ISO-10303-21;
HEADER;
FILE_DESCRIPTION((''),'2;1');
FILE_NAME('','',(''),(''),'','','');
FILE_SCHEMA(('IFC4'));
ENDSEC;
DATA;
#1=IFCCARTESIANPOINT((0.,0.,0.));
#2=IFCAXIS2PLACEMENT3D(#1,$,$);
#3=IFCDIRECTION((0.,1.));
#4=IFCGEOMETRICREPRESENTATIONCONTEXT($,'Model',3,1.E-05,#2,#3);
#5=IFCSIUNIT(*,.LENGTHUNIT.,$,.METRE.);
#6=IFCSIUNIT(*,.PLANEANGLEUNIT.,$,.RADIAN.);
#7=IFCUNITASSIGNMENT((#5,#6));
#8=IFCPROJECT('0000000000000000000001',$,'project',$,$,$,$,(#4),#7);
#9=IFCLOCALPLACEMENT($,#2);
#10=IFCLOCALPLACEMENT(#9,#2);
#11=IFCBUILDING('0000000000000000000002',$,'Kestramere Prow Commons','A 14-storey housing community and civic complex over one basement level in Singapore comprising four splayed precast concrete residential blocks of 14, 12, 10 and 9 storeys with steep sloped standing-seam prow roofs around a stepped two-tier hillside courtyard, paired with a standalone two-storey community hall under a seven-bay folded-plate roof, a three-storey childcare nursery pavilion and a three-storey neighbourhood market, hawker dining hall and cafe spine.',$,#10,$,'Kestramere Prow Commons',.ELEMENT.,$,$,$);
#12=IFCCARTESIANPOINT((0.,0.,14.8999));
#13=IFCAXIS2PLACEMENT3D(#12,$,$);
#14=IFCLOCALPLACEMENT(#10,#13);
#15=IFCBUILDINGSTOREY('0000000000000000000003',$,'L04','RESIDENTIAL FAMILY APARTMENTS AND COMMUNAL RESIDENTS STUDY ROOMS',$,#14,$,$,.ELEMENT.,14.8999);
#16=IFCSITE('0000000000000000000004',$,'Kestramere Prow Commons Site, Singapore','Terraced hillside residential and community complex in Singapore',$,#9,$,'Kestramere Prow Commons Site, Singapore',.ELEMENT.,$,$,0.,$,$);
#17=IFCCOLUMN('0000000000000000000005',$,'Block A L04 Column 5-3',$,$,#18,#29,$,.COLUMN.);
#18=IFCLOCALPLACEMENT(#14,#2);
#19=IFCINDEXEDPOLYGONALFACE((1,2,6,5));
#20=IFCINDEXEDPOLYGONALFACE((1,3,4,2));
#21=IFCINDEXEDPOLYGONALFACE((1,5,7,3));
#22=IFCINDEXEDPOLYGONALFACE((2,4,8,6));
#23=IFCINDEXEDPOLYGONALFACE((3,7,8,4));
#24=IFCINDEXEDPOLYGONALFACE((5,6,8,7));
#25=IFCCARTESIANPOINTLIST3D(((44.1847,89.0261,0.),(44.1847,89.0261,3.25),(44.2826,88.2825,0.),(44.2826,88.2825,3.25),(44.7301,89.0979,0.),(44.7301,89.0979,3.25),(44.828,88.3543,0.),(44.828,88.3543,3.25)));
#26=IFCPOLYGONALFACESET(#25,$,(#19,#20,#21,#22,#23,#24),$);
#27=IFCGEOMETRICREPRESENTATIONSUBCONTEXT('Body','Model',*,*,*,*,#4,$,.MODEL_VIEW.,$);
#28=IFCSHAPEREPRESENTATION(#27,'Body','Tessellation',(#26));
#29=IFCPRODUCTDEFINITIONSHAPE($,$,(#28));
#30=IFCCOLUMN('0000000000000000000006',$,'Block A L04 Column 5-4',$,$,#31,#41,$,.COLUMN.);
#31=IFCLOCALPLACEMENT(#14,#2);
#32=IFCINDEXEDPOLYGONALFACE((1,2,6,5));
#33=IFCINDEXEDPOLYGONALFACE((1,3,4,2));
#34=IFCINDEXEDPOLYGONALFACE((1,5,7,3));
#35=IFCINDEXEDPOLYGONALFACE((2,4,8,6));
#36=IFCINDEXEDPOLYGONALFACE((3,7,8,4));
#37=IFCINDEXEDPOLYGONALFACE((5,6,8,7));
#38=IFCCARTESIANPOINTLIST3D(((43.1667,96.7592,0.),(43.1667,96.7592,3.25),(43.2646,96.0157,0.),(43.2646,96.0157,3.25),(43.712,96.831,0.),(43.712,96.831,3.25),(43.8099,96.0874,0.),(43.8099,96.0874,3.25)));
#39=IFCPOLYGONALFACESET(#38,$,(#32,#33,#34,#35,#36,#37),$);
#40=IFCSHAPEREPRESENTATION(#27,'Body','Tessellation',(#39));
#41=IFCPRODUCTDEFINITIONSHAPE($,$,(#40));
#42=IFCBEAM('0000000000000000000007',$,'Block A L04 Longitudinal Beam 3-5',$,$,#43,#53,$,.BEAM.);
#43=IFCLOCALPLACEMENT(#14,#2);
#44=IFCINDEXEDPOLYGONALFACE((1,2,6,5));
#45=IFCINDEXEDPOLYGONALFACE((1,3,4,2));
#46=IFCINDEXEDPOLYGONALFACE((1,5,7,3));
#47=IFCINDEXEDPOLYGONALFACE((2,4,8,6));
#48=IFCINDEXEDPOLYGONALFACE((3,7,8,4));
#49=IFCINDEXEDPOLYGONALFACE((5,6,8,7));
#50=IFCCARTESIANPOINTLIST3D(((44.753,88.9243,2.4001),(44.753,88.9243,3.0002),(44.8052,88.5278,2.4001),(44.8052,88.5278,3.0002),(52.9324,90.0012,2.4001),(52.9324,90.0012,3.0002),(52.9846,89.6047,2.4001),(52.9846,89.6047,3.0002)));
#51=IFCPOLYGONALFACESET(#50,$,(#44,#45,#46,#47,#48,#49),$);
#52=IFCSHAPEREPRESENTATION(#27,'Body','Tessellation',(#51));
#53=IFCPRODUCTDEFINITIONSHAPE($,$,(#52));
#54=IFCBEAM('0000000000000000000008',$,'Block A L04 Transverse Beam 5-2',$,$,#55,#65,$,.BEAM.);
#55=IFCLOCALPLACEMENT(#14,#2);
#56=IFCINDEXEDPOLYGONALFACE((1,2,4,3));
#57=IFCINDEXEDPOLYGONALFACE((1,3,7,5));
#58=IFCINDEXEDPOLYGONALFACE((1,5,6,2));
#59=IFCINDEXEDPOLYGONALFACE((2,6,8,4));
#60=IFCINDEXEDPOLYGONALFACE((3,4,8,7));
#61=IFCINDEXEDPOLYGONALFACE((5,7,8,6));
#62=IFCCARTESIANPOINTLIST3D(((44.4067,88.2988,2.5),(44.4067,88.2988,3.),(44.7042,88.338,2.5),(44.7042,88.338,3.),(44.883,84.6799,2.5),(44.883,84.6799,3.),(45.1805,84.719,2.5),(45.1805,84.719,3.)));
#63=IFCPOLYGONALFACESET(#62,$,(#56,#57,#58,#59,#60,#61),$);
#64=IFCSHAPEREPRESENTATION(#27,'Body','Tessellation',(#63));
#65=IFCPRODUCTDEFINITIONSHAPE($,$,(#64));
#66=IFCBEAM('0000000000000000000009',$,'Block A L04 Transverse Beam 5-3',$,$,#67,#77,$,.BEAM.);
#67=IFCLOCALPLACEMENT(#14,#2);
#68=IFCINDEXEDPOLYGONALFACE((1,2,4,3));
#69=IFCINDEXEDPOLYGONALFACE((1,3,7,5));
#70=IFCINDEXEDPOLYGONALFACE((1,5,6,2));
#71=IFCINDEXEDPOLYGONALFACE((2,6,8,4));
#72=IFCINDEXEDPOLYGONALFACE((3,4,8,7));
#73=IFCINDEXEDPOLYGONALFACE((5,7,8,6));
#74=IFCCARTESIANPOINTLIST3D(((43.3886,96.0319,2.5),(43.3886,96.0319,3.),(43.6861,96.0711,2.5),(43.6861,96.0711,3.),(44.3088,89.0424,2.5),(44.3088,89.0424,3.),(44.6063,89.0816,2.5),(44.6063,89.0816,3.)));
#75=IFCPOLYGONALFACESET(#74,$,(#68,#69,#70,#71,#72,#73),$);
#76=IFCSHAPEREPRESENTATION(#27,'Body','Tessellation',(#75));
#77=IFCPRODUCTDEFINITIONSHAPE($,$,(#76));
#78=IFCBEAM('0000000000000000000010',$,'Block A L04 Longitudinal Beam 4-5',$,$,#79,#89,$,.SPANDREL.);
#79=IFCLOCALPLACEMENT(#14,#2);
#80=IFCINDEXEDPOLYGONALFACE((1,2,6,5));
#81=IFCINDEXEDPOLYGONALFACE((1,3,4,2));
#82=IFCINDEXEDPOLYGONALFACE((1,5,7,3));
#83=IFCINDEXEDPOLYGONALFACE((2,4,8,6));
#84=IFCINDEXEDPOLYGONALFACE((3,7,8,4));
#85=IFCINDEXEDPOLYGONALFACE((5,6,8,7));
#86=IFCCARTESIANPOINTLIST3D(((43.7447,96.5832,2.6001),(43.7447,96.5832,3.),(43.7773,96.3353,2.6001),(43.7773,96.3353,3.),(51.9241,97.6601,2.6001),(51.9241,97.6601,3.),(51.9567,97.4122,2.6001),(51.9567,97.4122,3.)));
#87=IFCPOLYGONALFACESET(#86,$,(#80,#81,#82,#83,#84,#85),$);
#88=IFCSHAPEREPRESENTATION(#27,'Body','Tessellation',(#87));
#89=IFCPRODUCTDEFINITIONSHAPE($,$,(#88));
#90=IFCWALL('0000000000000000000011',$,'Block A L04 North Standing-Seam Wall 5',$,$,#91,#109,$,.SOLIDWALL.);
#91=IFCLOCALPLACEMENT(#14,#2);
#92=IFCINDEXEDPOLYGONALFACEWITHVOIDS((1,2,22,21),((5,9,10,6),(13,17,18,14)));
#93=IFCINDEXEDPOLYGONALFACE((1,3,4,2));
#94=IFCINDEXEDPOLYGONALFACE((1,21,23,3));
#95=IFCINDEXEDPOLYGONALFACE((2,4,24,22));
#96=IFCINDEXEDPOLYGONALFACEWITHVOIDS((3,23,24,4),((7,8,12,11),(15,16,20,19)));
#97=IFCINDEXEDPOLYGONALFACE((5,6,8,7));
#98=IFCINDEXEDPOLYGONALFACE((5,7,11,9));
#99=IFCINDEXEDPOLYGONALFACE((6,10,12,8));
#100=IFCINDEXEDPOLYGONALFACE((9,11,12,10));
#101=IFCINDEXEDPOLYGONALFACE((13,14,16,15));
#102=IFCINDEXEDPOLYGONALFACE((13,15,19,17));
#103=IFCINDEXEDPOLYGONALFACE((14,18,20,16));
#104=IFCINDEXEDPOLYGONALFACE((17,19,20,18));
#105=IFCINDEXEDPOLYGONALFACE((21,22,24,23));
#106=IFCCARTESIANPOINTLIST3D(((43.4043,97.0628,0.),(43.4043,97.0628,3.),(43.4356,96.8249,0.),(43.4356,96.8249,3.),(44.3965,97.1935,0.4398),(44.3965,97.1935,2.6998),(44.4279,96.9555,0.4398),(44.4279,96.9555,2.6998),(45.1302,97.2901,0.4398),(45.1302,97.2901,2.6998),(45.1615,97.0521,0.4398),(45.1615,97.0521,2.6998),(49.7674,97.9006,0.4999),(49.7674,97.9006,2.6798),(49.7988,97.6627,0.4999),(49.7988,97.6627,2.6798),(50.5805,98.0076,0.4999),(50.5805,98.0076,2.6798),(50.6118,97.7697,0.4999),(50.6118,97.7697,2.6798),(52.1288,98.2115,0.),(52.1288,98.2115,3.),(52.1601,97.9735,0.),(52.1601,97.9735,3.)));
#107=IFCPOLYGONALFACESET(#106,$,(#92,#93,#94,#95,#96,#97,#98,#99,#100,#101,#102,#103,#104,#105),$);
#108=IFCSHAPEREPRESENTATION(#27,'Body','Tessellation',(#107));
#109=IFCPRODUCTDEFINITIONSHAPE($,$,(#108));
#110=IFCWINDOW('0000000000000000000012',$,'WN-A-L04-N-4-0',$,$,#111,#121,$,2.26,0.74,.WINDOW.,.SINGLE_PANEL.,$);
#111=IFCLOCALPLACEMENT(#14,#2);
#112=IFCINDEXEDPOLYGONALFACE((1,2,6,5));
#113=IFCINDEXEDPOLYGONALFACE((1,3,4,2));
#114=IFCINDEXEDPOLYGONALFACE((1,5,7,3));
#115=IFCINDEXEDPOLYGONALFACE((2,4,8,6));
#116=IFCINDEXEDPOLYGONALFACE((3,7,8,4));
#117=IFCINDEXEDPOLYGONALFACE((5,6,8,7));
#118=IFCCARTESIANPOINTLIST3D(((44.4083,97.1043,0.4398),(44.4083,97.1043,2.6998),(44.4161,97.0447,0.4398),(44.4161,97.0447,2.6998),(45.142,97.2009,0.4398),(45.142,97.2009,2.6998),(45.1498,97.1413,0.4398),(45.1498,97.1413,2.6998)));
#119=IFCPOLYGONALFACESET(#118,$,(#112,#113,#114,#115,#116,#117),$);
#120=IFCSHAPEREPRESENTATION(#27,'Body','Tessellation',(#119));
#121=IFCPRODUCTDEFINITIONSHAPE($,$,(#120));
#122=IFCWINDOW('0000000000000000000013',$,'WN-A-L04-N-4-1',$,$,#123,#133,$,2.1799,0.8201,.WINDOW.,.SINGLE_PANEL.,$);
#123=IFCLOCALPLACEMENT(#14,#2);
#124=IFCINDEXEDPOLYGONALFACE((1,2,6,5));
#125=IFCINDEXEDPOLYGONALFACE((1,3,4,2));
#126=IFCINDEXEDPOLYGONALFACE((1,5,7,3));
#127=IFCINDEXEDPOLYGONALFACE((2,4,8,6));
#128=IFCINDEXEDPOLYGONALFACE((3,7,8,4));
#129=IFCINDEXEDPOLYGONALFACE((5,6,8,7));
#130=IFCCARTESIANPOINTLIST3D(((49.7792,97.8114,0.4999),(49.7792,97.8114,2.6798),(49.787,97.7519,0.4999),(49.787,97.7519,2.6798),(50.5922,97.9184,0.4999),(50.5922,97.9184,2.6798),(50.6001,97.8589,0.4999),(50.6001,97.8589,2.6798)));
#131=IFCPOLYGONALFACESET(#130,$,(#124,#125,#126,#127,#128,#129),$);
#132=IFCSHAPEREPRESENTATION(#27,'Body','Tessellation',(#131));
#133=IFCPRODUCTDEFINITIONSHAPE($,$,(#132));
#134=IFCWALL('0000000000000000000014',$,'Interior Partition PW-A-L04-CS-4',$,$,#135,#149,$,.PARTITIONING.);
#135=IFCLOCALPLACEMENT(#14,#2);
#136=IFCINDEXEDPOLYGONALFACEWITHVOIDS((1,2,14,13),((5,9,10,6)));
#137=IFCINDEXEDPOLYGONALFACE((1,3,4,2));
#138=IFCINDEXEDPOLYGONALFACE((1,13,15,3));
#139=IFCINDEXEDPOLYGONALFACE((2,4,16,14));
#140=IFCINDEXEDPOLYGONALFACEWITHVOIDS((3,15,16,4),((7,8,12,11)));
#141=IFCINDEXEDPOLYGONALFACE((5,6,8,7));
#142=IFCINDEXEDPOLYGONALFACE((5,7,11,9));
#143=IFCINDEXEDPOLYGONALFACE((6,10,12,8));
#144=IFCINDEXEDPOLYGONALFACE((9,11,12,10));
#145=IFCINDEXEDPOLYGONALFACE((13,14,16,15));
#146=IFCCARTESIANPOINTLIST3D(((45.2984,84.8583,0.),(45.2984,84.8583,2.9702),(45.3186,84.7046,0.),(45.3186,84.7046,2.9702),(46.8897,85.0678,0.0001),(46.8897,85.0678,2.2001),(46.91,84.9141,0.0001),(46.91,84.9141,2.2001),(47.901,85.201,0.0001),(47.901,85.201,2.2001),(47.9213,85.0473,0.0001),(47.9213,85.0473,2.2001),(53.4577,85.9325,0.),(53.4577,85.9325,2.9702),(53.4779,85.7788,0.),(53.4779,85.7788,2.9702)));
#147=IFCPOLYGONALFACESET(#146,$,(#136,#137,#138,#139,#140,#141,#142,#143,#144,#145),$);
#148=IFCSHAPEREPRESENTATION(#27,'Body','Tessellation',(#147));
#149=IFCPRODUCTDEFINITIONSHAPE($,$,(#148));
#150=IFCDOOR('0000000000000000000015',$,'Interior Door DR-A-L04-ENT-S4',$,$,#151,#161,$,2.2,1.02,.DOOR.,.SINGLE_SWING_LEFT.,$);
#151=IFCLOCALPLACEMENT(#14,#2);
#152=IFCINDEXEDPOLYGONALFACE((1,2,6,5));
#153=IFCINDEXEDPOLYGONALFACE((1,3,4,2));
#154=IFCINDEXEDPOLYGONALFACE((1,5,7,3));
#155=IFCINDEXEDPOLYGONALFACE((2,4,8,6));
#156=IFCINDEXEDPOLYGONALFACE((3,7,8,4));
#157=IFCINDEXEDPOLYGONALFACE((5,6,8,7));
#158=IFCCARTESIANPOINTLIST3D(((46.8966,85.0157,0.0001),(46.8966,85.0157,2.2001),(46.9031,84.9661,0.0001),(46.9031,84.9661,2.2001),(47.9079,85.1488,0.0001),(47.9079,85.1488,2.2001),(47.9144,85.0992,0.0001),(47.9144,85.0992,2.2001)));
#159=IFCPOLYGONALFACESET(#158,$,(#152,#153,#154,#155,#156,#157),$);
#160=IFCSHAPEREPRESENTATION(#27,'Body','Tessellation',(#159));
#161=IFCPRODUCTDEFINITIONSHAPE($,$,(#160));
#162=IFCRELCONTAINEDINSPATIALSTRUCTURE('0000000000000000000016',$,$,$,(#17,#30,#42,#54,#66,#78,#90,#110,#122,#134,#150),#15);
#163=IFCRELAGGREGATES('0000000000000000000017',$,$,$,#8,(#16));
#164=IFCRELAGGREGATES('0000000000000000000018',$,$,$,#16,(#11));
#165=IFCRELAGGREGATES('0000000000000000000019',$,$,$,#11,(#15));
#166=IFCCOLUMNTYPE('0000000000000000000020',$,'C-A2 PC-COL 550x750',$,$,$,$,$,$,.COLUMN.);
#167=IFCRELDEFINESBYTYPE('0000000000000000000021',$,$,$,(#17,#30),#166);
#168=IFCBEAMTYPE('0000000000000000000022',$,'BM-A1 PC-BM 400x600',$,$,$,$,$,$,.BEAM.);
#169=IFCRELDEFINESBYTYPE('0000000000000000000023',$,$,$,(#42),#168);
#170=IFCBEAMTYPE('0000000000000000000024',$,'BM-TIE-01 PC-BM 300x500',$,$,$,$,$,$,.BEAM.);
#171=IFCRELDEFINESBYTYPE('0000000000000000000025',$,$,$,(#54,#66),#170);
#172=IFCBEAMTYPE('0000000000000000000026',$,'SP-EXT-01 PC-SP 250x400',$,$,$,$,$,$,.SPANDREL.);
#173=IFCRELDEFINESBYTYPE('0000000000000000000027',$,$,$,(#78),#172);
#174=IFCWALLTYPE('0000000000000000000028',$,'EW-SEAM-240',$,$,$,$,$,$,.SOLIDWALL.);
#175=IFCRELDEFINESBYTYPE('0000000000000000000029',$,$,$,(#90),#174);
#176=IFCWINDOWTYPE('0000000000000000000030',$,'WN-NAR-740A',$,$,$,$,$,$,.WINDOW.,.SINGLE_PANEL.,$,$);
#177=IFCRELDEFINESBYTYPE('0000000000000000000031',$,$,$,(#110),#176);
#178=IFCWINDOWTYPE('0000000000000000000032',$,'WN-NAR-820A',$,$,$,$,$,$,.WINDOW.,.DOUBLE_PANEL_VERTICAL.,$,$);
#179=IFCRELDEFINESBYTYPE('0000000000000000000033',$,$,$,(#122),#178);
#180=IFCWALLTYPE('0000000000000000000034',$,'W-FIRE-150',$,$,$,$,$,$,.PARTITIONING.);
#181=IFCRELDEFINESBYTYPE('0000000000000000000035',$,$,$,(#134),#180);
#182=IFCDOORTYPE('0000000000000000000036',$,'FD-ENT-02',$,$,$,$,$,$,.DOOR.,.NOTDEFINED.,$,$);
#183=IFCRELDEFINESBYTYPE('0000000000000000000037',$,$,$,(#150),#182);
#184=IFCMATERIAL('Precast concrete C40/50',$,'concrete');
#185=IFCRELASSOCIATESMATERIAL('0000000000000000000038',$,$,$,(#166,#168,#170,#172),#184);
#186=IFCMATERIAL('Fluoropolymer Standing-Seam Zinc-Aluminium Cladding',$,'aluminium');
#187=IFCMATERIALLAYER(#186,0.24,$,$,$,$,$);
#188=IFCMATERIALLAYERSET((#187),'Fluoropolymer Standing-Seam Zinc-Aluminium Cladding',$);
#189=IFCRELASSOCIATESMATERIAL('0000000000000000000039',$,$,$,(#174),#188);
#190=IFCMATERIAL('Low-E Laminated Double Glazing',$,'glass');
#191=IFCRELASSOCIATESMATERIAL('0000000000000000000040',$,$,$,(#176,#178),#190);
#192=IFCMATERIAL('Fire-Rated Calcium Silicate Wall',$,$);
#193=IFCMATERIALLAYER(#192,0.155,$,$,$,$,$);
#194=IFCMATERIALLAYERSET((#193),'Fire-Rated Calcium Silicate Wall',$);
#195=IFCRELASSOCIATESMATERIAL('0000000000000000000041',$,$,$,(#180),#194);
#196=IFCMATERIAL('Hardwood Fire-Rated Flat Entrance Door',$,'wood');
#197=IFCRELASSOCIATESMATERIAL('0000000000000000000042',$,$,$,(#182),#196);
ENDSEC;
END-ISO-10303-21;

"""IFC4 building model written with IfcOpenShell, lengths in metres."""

from ifc_helpers import new_model, si_unit, direction, frame, frame_2d, origin, origin_2d, place, context, subcontext, project, spatial, rectangle, extrude, material, layer, layer_set, material_profile, profile_set, type_object, element, fill, save


model = new_model("IFC4")

# Units and contexts
model_context = context("Model", 3, precision=1e-05, world=origin(), true_north=direction((0.0, 1.0)))
body_context = subcontext(model_context, "Body", "Model", "MODEL_VIEW")
ifc_project = project(units=[si_unit("LENGTHUNIT", "METRE"), si_unit("PLANEANGLEUNIT", "RADIAN")], contexts=[model_context])

# Site, building, storey
site_placement = place(None, origin())
site = spatial("IfcSite", under=ifc_project, at=site_placement, Name="Kestramere Prow Commons Site, Singapore", Description="Terraced hillside residential and community complex in Singapore", LongName="Kestramere Prow Commons Site, Singapore", CompositionType="ELEMENT", RefElevation=0.0)
building_placement = place(site_placement, origin())
building = spatial("IfcBuilding", under=site, at=building_placement, Name="Kestramere Prow Commons", Description="A 14-storey housing community and civic complex over one basement level in Singapore comprising four splayed precast concrete residential blocks of 14, 12, 10 and 9 storeys with steep sloped standing-seam prow roofs around a stepped two-tier hillside courtyard, paired with a standalone two-storey community hall under a seven-bay folded-plate roof, a three-storey childcare nursery pavilion and a three-storey neighbourhood market, hawker dining hall and cafe spine.", LongName="Kestramere Prow Commons", CompositionType="ELEMENT")
storey_placement = place(building_placement, frame((0.0, 0.0, 14.8999)))
storey = spatial("IfcBuildingStorey", under=building, at=storey_placement, Name="L04", Description="RESIDENTIAL FAMILY APARTMENTS AND COMMUNAL RESIDENTS STUDY ROOMS", CompositionType="ELEMENT", Elevation=14.8999)

# Columns
ifc_material_1 = material(Name="Precast concrete C40/50", Category="concrete")
ifc_material_profile_1 = material_profile(ifc_material_1, rectangle(XDim=0.55, YDim=0.75, at=origin_2d()), Name="PC-COL 550x750")
ifc_profile_set_1 = profile_set([ifc_material_profile_1], Name="Precast concrete C40/50")
column_type = type_object("IfcColumnType", Name="C-A2 PC-COL 550x750", PredefinedType="COLUMN", material=ifc_profile_set_1)
for number, where, z_axis, x_axis, name in (
    (1, (44.5063, 88.6902, 0.0), (0.0, 0.0, 1.0), (0.991445, 0.130526, 0.0), "Block A L04 Column 5-3"),
    (2, (43.4883, 96.4233, 0.0), (0.0, 0.0, 1.0), (0.991445, 0.130526, 0.0), "Block A L04 Column 5-4"),
):
    element("IfcColumn", number, at=place(storey_placement, frame(where, z_axis=z_axis, x_axis=x_axis)), inside=storey, type_object=column_type, Name=name, PredefinedType="COLUMN", context=body_context, shape_type="SweptSolid", body=[
        extrude(rectangle(XDim=0.55, YDim=0.75, at=origin_2d()), origin(), (0.0, 0.0, 1.0), 3.25),
    ])

# Beams
ifc_material_profile_2 = material_profile(ifc_material_1, rectangle(XDim=0.3999, YDim=0.6001, at=origin_2d()), Name="PC-BM 400x600")
ifc_profile_set_2 = profile_set([ifc_material_profile_2], Name="Precast concrete C40/50")
beam_type_1 = type_object("IfcBeamType", Name="BM-A1 PC-BM 400x600", PredefinedType="BEAM", material=ifc_profile_set_2)
beam_1_placement = place(storey_placement, frame((44.7791, 88.7261, 2.7002), z_axis=(0.991444, 0.130533, 0.0), x_axis=(-0.130533, 0.991444, 0.0)))
element("IfcBeam", 3, at=beam_1_placement, inside=storey, type_object=beam_type_1, Name="Block A L04 Longitudinal Beam 3-5", PredefinedType="BEAM", context=body_context, shape_type="SweptSolid", body=[
    extrude(rectangle(XDim=0.3999, YDim=0.6001, at=origin_2d()), origin(), (0.0, 0.0, 1.0), 8.25),
])
ifc_material_profile_3 = material_profile(ifc_material_1, rectangle(XDim=0.3, YDim=0.5, at=origin_2d()), Name="PC-BM 300x500")
ifc_profile_set_3 = profile_set([ifc_material_profile_3], Name="Precast concrete C40/50")
beam_type_2 = type_object("IfcBeamType", Name="BM-TIE-01 PC-BM 300x500", PredefinedType="BEAM", material=ifc_profile_set_3)
beam_2_placement = place(storey_placement, frame((45.0317, 84.6995, 2.75), z_axis=(-0.130494, 0.991449, 0.0), x_axis=(-0.991449, -0.130494, 0.0)))
element("IfcBeam", 4, at=beam_2_placement, inside=storey, type_object=beam_type_2, Name="Block A L04 Transverse Beam 5-2", PredefinedType="BEAM", context=body_context, shape_type="SweptSolid", body=[
    extrude(rectangle(XDim=0.3, YDim=0.5, at=origin_2d()), origin(), (0.0, 0.0, 1.0), 3.6501),
])
beam_3_placement = place(storey_placement, frame((44.4575, 89.062, 2.75), z_axis=(-0.130523, 0.991445, 0.0), x_axis=(-0.991445, -0.130523, 0.0)))
element("IfcBeam", 5, at=beam_3_placement, inside=storey, type_object=beam_type_2, Name="Block A L04 Transverse Beam 5-3", PredefinedType="BEAM", context=body_context, shape_type="SweptSolid", body=[
    extrude(rectangle(XDim=0.3, YDim=0.5, at=origin_2d()), origin(), (0.0, 0.0, 1.0), 7.0498),
])
ifc_material_profile_4 = material_profile(ifc_material_1, rectangle(XDim=0.25, YDim=0.3999, at=origin_2d()), Name="PC-SP 250x400")
ifc_profile_set_4 = profile_set([ifc_material_profile_4], Name="Precast concrete C40/50")
beam_type_3 = type_object("IfcBeamType", Name="SP-EXT-01 PC-SP 250x400", PredefinedType="SPANDREL", material=ifc_profile_set_4)
beam_4_placement = place(storey_placement, frame((43.761, 96.4592, 2.8), z_axis=(0.991444, 0.130533, 0.0), x_axis=(-0.130533, 0.991444, 0.0)))
element("IfcBeam", 6, at=beam_4_placement, inside=storey, type_object=beam_type_3, Name="Block A L04 Longitudinal Beam 4-5", PredefinedType="SPANDREL", context=body_context, shape_type="SweptSolid", body=[
    extrude(rectangle(XDim=0.25, YDim=0.3999, at=origin_2d()), origin(), (0.0, 0.0, 1.0), 8.25),
])

# Wall, openings, windows
ifc_material_2 = material(Name="Fluoropolymer Standing-Seam Zinc-Aluminium Cladding", Category="aluminium")
ifc_layer_1 = layer(ifc_material_2, 0.24)
ifc_layer_set_1 = layer_set([ifc_layer_1], Name="Fluoropolymer Standing-Seam Zinc-Aluminium Cladding")
wall_type_1 = type_object("IfcWallType", Name="EW-SEAM-240", PredefinedType="SOLIDWALL", material=ifc_layer_set_1)
wall_1_placement = place(storey_placement, frame((43.4199, 96.9438, 0.0), z_axis=(0.0, 0.0, 1.0), x_axis=(0.991444, 0.130533, 0.0)))
wall_1 = element("IfcWall", 7, at=wall_1_placement, inside=storey, type_object=wall_type_1, Name="Block A L04 North Standing-Seam Wall 5", PredefinedType="SOLIDWALL", context=body_context, shape_type="SweptSolid", body=[
    extrude(rectangle(XDim=8.7998, YDim=0.24, at=frame_2d((4.3999, 0.0))), origin(), (0.0, 0.0, 1.0), 3.0),
])
opening_1_placement = place(wall_1_placement, frame((1.0007, 0.0, 0.4399)))
opening_1 = element("IfcOpeningElement", 8, at=opening_1_placement, cuts=wall_1, PredefinedType="OPENING", context=body_context, shape_type="SweptSolid", body=[
    extrude(rectangle(XDim=0.74, YDim=2.26, at=frame_2d((0.3701, 1.1299))), frame((0.0, 0.135, 0.0), z_axis=(0.0, -1.0, 0.0), x_axis=(1.0, 0.0, 0.0)), (0.0, 0.0, 1.0), 0.27),
])
opening_2_placement = place(wall_1_placement, frame((6.418, 0.0, 0.5)))
opening_2 = element("IfcOpeningElement", 9, at=opening_2_placement, cuts=wall_1, PredefinedType="OPENING", context=body_context, shape_type="SweptSolid", body=[
    extrude(rectangle(XDim=0.8201, YDim=2.1799, at=frame_2d((0.4102, 1.0898))), frame((0.0, 0.135, 0.0), z_axis=(0.0, -1.0, 0.0), x_axis=(1.0, 0.0, 0.0)), (0.0, 0.0, 1.0), 0.27),
])
ifc_material_3 = material(Name="Low-E Laminated Double Glazing", Category="glass")
window_type_1 = type_object("IfcWindowType", Name="WN-NAR-740A", PartitioningType="SINGLE_PANEL", PredefinedType="WINDOW", material=ifc_material_3)
window_1_placement = place(opening_1_placement, origin())
window_1 = element("IfcWindow", 10, at=window_1_placement, inside=storey, type_object=window_type_1, Name="WN-A-L04-N-4-0", OverallHeight=2.26, OverallWidth=0.74, PartitioningType="SINGLE_PANEL", PredefinedType="WINDOW", context=body_context, shape_type="SweptSolid", body=[
    extrude(rectangle(XDim=0.74, YDim=2.26, at=frame_2d((0.3701, 1.1299))), frame((0.0, 0.03, 0.0), z_axis=(0.0, -1.0, 0.0), x_axis=(1.0, 0.0, 0.0)), (0.0, 0.0, 1.0), 0.0601),
])
fill(opening_1, window_1)
window_type_2 = type_object("IfcWindowType", Name="WN-NAR-820A", PartitioningType="DOUBLE_PANEL_VERTICAL", PredefinedType="WINDOW", material=ifc_material_3)
window_2_placement = place(opening_2_placement, origin())
window_2 = element("IfcWindow", 11, at=window_2_placement, inside=storey, type_object=window_type_2, Name="WN-A-L04-N-4-1", OverallHeight=2.1799, OverallWidth=0.8201, PartitioningType="SINGLE_PANEL", PredefinedType="WINDOW", context=body_context, shape_type="SweptSolid", body=[
    extrude(rectangle(XDim=0.8201, YDim=2.1799, at=frame_2d((0.4102, 1.0898))), frame((0.0, 0.03, 0.0), z_axis=(0.0, -1.0, 0.0), x_axis=(1.0, 0.0, 0.0)), (0.0, 0.0, 1.0), 0.0601),
])
fill(opening_2, window_2)

# Wall, opening, door
ifc_material_4 = material(Name="Fire-Rated Calcium Silicate Wall")
ifc_layer_2 = layer(ifc_material_4, 0.155)
ifc_layer_set_2 = layer_set([ifc_layer_2], Name="Fire-Rated Calcium Silicate Wall")
wall_type_2 = type_object("IfcWallType", Name="W-FIRE-150", PredefinedType="PARTITIONING", material=ifc_layer_set_2)
wall_2_placement = place(storey_placement, frame((45.3086, 84.7815, 0.0), z_axis=(0.0, 0.0, 1.0), x_axis=(0.991445, 0.130527, 0.0)))
wall_2 = element("IfcWall", 12, at=wall_2_placement, inside=storey, type_object=wall_type_2, Name="Interior Partition PW-A-L04-CS-4", PredefinedType="PARTITIONING", context=body_context, shape_type="SweptSolid", body=[
    extrude(rectangle(XDim=8.2297, YDim=0.155, at=frame_2d((4.1147, 0.0))), origin(), (0.0, 0.0, 1.0), 2.9702),
])
opening_3_placement = place(wall_2_placement, frame((1.605, 0.0, 0.0)))
opening_3 = element("IfcOpeningElement", 13, at=opening_3_placement, cuts=wall_2, PredefinedType="OPENING", context=body_context, shape_type="SweptSolid", body=[
    extrude(rectangle(XDim=1.02, YDim=2.2, at=frame_2d((0.51, 1.1001))), frame((0.0, 0.0925, 0.0), z_axis=(0.0, -1.0, 0.0), x_axis=(1.0, 0.0, 0.0)), (0.0, 0.0, 1.0), 0.1851),
])
ifc_material_5 = material(Name="Hardwood Fire-Rated Flat Entrance Door", Category="wood")
door_type_1 = type_object("IfcDoorType", Name="FD-ENT-02", OperationType="NOTDEFINED", PredefinedType="DOOR", material=ifc_material_5)
door_1_placement = place(opening_3_placement, origin())
door_1 = element("IfcDoor", 14, at=door_1_placement, inside=storey, type_object=door_type_1, Name="Interior Door DR-A-L04-ENT-S4", OperationType="SINGLE_SWING_LEFT", OverallHeight=2.2, OverallWidth=1.02, PredefinedType="DOOR", context=body_context, shape_type="SweptSolid", body=[
    extrude(rectangle(XDim=1.02, YDim=2.2, at=frame_2d((0.51, 1.1001))), frame((0.0, 0.0249, 0.0), z_axis=(0.0, -1.0, 0.0), x_axis=(1.0, 0.0, 0.0)), (0.0, 0.0, 1.0), 0.05),
])
fill(opening_3, door_1)

save(model, "model.ifc")
